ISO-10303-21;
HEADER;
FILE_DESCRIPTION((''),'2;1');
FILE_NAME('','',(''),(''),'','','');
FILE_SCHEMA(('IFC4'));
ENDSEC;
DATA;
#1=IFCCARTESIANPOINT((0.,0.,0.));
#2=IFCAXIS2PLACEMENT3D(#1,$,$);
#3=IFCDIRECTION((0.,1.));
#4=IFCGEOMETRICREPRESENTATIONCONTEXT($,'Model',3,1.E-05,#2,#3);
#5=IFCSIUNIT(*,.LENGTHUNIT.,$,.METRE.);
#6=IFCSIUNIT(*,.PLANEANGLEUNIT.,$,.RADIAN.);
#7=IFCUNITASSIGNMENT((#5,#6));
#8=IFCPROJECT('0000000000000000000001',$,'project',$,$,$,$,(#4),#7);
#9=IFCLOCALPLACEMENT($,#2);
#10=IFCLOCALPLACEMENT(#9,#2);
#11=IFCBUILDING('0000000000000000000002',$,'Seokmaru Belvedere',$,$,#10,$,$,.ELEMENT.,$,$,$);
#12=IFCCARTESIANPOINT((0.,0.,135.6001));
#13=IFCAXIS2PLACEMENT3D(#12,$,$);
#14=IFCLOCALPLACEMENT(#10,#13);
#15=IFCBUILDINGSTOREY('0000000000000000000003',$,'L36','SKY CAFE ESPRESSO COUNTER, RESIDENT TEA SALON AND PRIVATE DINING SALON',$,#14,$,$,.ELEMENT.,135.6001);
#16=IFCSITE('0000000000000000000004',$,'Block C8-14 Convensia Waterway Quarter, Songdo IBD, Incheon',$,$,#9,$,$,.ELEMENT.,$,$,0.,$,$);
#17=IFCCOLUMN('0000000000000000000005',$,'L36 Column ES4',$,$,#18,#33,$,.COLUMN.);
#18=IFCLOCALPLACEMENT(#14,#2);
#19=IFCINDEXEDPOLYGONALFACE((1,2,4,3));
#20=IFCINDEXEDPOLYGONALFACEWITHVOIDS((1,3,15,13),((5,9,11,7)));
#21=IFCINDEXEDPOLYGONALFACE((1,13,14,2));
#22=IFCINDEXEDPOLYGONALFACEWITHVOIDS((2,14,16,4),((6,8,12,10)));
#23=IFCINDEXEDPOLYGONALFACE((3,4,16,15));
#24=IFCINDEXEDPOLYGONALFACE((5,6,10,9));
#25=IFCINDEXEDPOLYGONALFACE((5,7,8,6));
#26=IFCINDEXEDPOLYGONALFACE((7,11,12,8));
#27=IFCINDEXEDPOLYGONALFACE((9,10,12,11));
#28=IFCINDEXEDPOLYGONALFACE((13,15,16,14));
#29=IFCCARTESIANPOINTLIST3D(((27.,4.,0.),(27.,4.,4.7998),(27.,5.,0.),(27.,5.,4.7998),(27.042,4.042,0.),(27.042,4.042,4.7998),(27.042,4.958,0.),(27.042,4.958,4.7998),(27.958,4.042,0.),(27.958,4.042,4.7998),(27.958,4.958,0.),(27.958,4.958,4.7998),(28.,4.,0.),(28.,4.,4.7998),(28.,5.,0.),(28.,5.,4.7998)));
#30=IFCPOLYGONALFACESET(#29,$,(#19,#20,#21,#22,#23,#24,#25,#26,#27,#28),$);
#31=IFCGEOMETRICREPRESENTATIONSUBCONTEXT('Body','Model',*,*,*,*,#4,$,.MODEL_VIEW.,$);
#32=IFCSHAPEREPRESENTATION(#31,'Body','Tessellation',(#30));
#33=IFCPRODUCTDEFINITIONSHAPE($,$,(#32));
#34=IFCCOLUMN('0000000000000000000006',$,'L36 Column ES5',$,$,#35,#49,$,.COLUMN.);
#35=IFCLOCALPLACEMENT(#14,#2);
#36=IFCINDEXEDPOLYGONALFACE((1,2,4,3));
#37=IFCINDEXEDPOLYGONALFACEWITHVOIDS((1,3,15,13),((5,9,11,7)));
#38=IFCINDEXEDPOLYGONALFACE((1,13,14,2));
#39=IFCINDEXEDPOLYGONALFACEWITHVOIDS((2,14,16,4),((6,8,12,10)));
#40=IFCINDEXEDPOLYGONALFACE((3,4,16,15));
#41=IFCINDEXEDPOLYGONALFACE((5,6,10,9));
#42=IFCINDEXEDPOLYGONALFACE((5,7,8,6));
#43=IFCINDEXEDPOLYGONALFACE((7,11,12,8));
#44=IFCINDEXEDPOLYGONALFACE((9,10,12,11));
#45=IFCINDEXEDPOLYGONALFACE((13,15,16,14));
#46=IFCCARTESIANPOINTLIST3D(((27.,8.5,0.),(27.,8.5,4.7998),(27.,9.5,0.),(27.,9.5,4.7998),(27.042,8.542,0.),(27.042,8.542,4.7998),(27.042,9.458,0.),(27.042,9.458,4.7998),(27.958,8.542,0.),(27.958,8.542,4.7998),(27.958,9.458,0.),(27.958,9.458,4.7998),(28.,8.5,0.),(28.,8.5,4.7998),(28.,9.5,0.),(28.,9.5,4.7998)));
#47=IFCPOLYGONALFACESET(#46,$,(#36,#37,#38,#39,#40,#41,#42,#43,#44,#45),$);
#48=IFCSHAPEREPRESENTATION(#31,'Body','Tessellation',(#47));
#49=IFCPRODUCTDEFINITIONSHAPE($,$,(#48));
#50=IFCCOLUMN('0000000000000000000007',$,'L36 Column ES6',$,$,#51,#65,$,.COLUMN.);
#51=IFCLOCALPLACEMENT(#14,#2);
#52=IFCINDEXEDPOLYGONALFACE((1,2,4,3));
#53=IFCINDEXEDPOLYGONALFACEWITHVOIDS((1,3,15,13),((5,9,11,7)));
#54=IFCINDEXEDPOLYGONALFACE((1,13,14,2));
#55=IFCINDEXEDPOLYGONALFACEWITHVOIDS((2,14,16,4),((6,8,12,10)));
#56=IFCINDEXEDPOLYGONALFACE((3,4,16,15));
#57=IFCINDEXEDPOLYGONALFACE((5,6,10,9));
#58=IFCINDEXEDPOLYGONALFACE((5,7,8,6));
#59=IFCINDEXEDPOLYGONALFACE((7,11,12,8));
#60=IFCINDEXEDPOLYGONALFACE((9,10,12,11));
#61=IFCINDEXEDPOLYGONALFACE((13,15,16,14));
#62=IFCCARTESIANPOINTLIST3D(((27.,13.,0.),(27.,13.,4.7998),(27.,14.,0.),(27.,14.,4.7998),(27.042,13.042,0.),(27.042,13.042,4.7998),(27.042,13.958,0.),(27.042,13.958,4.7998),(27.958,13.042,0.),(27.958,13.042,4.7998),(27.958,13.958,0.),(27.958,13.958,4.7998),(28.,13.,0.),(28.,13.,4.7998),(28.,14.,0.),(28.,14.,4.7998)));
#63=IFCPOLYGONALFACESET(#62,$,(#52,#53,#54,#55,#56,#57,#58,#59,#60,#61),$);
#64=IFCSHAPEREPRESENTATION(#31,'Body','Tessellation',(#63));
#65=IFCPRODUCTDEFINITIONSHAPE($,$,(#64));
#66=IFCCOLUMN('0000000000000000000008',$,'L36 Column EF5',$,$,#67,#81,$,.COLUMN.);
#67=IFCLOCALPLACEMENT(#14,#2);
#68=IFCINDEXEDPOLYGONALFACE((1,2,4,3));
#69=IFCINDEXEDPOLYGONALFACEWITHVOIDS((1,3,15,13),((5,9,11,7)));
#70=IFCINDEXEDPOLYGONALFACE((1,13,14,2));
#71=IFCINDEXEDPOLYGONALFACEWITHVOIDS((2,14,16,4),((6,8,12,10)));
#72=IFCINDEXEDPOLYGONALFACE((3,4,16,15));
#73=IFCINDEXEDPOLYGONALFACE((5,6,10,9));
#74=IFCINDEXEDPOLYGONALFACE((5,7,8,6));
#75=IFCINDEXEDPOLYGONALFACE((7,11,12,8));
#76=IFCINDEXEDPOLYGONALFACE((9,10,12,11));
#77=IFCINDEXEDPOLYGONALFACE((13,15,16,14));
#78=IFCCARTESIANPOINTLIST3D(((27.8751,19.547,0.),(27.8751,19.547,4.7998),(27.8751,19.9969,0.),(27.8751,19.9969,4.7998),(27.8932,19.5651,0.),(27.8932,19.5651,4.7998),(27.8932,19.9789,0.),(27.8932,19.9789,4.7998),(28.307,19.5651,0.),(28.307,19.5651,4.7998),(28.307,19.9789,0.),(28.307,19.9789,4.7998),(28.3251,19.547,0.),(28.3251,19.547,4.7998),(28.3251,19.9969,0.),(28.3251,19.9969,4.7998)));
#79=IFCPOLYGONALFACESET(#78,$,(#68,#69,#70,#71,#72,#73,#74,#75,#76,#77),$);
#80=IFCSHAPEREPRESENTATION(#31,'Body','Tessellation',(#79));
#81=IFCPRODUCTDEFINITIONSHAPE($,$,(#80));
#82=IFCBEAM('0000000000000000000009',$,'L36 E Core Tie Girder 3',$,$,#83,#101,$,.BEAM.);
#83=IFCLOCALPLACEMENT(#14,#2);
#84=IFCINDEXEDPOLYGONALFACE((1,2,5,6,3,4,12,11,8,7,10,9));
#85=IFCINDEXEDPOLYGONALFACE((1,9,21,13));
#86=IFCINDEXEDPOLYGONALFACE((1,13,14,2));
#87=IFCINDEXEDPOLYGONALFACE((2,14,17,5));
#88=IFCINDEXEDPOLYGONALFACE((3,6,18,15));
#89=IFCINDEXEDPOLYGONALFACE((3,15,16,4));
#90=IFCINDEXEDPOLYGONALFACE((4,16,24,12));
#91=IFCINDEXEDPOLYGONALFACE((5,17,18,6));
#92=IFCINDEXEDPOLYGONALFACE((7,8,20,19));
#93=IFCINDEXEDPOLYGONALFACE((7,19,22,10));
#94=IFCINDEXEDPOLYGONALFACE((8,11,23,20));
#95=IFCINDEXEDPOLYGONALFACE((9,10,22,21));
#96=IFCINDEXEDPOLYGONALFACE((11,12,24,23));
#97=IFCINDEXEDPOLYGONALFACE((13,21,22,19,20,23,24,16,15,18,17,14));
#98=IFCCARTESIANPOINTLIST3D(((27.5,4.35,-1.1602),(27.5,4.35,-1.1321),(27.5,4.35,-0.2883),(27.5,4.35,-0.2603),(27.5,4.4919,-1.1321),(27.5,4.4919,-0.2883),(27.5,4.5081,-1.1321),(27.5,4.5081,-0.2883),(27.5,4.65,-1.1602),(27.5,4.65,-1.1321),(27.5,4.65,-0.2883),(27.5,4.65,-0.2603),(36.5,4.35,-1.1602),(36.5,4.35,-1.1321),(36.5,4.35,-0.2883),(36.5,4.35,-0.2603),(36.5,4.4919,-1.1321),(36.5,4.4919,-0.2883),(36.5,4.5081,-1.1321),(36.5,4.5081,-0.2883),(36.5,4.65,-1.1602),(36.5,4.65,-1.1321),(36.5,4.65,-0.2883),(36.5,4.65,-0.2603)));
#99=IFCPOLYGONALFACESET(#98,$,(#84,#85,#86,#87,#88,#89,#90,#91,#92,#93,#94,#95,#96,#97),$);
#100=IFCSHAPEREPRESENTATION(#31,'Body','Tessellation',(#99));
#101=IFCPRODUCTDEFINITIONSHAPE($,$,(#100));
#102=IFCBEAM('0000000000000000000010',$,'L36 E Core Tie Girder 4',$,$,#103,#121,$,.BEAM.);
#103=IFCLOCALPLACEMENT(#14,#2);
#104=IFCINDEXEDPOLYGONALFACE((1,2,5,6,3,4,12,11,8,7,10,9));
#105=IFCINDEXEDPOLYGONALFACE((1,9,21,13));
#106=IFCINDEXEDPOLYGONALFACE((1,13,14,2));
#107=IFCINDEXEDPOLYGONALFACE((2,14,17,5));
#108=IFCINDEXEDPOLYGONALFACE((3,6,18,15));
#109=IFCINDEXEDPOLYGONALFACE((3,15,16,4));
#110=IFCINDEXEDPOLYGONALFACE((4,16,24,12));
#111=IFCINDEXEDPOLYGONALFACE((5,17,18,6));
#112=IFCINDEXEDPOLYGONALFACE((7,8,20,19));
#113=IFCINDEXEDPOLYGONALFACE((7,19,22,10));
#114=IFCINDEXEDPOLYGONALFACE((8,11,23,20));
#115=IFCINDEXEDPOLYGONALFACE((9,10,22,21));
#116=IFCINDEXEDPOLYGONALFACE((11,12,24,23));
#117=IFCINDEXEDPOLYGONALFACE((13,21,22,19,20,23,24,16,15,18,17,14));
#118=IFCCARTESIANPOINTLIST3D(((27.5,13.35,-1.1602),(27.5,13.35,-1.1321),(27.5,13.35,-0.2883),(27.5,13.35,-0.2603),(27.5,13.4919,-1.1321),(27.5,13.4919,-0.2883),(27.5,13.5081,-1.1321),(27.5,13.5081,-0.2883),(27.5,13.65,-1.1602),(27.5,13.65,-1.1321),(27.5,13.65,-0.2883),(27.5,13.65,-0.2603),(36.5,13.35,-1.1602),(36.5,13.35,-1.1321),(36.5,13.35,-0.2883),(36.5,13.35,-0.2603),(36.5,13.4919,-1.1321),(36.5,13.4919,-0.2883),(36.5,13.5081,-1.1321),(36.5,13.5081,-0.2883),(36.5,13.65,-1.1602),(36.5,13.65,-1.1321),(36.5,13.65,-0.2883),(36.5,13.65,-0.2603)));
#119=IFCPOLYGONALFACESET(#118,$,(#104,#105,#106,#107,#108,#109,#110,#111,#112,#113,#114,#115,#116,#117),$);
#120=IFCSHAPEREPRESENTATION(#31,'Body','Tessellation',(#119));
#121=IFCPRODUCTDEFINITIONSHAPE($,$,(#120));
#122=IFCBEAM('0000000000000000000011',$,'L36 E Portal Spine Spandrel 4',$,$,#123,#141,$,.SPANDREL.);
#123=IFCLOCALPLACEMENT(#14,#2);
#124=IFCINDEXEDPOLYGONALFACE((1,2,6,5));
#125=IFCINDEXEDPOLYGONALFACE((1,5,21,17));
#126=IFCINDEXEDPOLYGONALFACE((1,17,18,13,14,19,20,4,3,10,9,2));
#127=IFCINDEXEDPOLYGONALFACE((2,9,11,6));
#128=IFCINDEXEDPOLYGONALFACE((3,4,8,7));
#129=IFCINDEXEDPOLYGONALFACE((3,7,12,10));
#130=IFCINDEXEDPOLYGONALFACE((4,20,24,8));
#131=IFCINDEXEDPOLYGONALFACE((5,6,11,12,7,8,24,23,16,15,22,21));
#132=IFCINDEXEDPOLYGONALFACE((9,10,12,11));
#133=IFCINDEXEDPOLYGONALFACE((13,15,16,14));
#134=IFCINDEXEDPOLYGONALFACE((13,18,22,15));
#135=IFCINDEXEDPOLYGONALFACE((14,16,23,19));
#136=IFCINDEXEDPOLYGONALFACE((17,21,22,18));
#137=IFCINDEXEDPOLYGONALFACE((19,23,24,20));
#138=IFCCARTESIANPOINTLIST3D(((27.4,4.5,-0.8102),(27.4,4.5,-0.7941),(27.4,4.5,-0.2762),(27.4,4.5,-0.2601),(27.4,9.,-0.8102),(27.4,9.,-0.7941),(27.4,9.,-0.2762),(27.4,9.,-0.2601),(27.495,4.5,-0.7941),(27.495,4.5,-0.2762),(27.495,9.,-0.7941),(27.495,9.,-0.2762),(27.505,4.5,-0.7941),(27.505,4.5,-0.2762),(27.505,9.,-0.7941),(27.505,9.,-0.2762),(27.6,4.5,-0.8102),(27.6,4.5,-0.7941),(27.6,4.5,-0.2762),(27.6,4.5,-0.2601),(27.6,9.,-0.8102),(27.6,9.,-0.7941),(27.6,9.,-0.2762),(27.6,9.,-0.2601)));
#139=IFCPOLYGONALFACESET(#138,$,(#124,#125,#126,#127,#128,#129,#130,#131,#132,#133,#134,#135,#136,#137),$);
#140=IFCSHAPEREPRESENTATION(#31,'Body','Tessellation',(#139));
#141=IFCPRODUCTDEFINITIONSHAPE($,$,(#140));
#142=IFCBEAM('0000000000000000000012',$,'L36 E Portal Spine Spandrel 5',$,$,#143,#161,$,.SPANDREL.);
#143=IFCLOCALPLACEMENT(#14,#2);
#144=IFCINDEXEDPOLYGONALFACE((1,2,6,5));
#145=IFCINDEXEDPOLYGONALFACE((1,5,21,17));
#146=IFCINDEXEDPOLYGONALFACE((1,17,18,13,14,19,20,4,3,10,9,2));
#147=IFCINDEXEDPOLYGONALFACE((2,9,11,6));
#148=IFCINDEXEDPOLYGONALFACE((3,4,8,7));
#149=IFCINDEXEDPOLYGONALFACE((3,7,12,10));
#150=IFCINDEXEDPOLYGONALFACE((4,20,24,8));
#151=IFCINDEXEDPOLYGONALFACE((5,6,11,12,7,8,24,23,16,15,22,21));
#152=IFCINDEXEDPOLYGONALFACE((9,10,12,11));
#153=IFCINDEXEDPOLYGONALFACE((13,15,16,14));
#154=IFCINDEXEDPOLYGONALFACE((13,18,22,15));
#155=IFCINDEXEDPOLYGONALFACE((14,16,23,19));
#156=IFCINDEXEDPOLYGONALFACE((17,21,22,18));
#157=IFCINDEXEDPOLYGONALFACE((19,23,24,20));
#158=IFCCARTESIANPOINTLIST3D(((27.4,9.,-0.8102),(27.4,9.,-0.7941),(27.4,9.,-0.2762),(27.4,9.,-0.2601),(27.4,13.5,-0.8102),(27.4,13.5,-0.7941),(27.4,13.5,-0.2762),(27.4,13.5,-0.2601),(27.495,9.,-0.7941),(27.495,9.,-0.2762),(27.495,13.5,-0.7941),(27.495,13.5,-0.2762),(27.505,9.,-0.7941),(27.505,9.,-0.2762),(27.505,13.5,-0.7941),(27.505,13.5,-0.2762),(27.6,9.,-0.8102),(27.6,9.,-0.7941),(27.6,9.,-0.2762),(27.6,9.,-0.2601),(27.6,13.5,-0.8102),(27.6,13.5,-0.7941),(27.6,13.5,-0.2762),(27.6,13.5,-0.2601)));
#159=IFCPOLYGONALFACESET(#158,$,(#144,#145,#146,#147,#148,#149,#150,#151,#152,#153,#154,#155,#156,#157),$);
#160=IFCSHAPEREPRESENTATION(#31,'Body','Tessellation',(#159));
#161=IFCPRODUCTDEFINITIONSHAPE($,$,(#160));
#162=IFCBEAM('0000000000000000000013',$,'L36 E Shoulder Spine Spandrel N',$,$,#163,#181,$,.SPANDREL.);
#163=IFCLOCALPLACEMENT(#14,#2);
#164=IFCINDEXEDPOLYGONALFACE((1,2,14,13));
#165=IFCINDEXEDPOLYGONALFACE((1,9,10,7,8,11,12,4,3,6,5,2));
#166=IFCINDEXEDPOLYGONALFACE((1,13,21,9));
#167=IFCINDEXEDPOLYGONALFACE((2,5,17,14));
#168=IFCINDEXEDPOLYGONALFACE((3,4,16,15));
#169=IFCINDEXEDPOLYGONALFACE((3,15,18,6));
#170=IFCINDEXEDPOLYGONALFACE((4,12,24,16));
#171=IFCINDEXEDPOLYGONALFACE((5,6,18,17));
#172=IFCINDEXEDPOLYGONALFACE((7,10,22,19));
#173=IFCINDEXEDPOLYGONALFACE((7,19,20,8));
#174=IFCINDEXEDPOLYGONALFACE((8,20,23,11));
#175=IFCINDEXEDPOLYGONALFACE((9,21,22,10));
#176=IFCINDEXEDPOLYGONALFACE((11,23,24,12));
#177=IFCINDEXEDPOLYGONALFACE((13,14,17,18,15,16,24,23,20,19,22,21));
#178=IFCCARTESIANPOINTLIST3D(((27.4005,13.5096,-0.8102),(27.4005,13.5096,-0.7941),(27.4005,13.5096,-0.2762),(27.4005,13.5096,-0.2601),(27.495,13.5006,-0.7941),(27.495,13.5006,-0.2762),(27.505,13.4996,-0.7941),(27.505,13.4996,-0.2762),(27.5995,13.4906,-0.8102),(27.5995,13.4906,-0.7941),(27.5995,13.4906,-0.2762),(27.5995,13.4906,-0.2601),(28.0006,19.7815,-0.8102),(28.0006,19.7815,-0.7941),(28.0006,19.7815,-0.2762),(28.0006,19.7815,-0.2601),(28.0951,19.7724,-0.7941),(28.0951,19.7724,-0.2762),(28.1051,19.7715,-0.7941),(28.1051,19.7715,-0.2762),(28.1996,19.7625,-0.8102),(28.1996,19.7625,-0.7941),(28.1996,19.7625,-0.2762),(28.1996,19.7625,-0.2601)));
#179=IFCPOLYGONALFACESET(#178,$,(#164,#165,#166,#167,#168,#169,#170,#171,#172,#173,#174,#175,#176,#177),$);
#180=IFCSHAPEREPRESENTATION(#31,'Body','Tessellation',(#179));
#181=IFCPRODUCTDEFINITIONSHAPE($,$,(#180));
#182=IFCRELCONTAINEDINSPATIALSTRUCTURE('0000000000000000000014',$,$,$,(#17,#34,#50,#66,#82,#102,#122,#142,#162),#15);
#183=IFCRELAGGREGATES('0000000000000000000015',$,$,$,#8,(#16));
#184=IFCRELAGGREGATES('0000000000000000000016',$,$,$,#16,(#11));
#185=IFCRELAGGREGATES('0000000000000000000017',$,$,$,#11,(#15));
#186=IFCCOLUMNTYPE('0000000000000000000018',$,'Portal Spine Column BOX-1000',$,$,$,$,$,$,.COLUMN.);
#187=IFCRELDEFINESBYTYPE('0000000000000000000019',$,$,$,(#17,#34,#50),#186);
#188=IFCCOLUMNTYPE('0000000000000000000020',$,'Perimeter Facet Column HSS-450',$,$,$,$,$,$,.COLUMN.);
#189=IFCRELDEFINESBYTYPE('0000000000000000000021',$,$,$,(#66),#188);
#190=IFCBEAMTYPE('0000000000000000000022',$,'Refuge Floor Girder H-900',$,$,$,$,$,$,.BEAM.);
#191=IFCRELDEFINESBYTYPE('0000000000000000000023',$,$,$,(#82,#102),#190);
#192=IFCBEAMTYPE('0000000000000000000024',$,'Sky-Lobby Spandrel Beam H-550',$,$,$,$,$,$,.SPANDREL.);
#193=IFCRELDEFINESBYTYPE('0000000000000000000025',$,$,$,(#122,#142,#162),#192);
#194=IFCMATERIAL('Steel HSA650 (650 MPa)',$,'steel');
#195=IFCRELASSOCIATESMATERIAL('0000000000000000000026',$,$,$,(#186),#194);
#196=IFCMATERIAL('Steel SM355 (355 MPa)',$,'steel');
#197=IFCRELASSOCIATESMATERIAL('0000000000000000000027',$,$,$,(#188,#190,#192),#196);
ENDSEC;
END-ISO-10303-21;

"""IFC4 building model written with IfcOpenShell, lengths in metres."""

from ifc_helpers import new_model, si_unit, direction, frame, origin, origin_2d, place, context, subcontext, project, spatial, hollow_rectangle, i_section, extrude, source, transform, mapped, material, material_profile, profile_set, type_object, type_shapes, element, save


model = new_model("IFC4")

# Units and contexts
model_context = context("Model", 3, precision=1e-05, world=origin(), true_north=direction((0.0, 1.0)))
body_context = subcontext(model_context, "Body", "Model", "MODEL_VIEW")
ifc_project = project(units=[si_unit("LENGTHUNIT", "METRE"), si_unit("PLANEANGLEUNIT", "RADIAN")], contexts=[model_context])

# Site, building, storey
site_placement = place(None, origin())
site = spatial("IfcSite", under=ifc_project, at=site_placement, Name="Block C8-14 Convensia Waterway Quarter, Songdo IBD, Incheon", CompositionType="ELEMENT", RefElevation=0.0)
building_placement = place(site_placement, origin())
building = spatial("IfcBuilding", under=site, at=building_placement, Name="Seokmaru Belvedere", CompositionType="ELEMENT")
storey_placement = place(building_placement, frame((0.0, 0.0, 135.6001)))
storey = spatial("IfcBuildingStorey", under=building, at=storey_placement, Name="L36", Description="SKY CAFE ESPRESSO COUNTER, RESIDENT TEA SALON AND PRIVATE DINING SALON", CompositionType="ELEMENT", Elevation=135.6001)

# Columns
ifc_material_1 = material(Name="Steel HSA650 (650 MPa)", Category="steel")
ifc_material_profile_1 = material_profile(ifc_material_1, hollow_rectangle(XDim=1.0, YDim=1.0, WallThickness=0.042, at=origin_2d()), Name="BOX-1000x1000x42")
ifc_profile_set_1 = profile_set([ifc_material_profile_1], Name="Steel HSA650 (650 MPa)")
column_type_1 = type_object("IfcColumnType", Name="Portal Spine Column BOX-1000", PredefinedType="COLUMN", material=ifc_profile_set_1)
shared_shape_1 = source(origin(), body_context, "Body", "SweptSolid", [
    extrude(hollow_rectangle(XDim=1.0, YDim=1.0, WallThickness=0.042, at=origin_2d()), origin(), (0.0, 0.0, 1.0), 4.7998),
])
type_shapes(column_type_1, [shared_shape_1])
for number, where, z_axis, x_axis, name in (
    (1, (27.5, 4.5, 0.0), (0.0, 0.0, 1.0), (1.0, 0.0, 0.0), "L36 Column ES4"),
    (2, (27.5, 9.0, 0.0), (0.0, 0.0, 1.0), (1.0, 0.0, 0.0), "L36 Column ES5"),
    (3, (27.5, 13.5, 0.0), (0.0, 0.0, 1.0), (1.0, 0.0, 0.0), "L36 Column ES6"),
):
    element("IfcColumn", number, at=place(storey_placement, frame(where, z_axis=z_axis, x_axis=x_axis)), inside=storey, type_object=column_type_1, Name=name, PredefinedType="COLUMN", context=body_context, shape_type="MappedRepresentation", body=[
        mapped(shared_shape_1, transform((0.0, 0.0, 0.0), scale=1.0)),
    ])
ifc_material_2 = material(Name="Steel SM355 (355 MPa)", Category="steel")
ifc_material_profile_2 = material_profile(ifc_material_2, hollow_rectangle(XDim=0.45, YDim=0.45, WallThickness=0.0181, at=origin_2d()), Name="HSS-450x450x18")
ifc_profile_set_2 = profile_set([ifc_material_profile_2], Name="Steel SM355 (355 MPa)")
column_type_2 = type_object("IfcColumnType", Name="Perimeter Facet Column HSS-450", PredefinedType="COLUMN", material=ifc_profile_set_2)
shared_shape_2 = source(origin(), body_context, "Body", "SweptSolid", [
    extrude(hollow_rectangle(XDim=0.45, YDim=0.45, WallThickness=0.0181, at=origin_2d()), origin(), (0.0, 0.0, 1.0), 4.7998),
])
type_shapes(column_type_2, [shared_shape_2])
column_placement = place(storey_placement, frame((28.1001, 19.772, 0.0), z_axis=(0.0, 0.0, 1.0), x_axis=(1.0, 0.0, 0.0)))
element("IfcColumn", 4, at=column_placement, inside=storey, type_object=column_type_2, Name="L36 Column EF5", PredefinedType="COLUMN", context=body_context, shape_type="MappedRepresentation", body=[
    mapped(shared_shape_2, transform((0.0, 0.0, 0.0), scale=1.0)),
])

# Beams
ifc_material_profile_3 = material_profile(ifc_material_2, i_section(OverallWidth=0.3, OverallDepth=0.8999, WebThickness=0.0161, FlangeThickness=0.0281, at=origin_2d()), Name="H-900x300x16x28")
ifc_profile_set_3 = profile_set([ifc_material_profile_3], Name="Steel SM355 (355 MPa)")
beam_type_1 = type_object("IfcBeamType", Name="Refuge Floor Girder H-900", PredefinedType="BEAM", material=ifc_profile_set_3)
shared_shape_3 = source(origin(), body_context, "Body", "SweptSolid", [
    extrude(i_section(OverallWidth=0.3, OverallDepth=0.8999, WebThickness=0.0161, FlangeThickness=0.0281, at=origin_2d()), origin(), (0.0, 0.0, 1.0), 9.0),
])
type_shapes(beam_type_1, [shared_shape_3])
for number, where, z_axis, x_axis, name in (
    (5, (27.5, 4.5, -0.7102), (1.0, 0.0, 0.0), (0.0, 1.0, 0.0), "L36 E Core Tie Girder 3"),
    (6, (27.5, 13.5, -0.7102), (1.0, 0.0, 0.0), (0.0, 1.0, 0.0), "L36 E Core Tie Girder 4"),
):
    element("IfcBeam", number, at=place(storey_placement, frame(where, z_axis=z_axis, x_axis=x_axis)), inside=storey, type_object=beam_type_1, Name=name, PredefinedType="BEAM", context=body_context, shape_type="MappedRepresentation", body=[
        mapped(shared_shape_3, transform((0.0, 0.0, 0.0), scale=1.0)),
    ])
ifc_material_profile_4 = material_profile(ifc_material_2, i_section(OverallWidth=0.2, OverallDepth=0.55, WebThickness=0.01, FlangeThickness=0.0161, at=origin_2d()), Name="H-550x200x10x16")
ifc_profile_set_4 = profile_set([ifc_material_profile_4], Name="Steel SM355 (355 MPa)")
beam_type_2 = type_object("IfcBeamType", Name="Sky-Lobby Spandrel Beam H-550", PredefinedType="SPANDREL", material=ifc_profile_set_4)
shared_shape_4 = source(origin(), body_context, "Body", "SweptSolid", [
    extrude(i_section(OverallWidth=0.2, OverallDepth=0.55, WebThickness=0.01, FlangeThickness=0.0161, at=origin_2d()), origin(), (0.0, 0.0, 1.0), 4.5),
])
for number, where, z_axis, x_axis, name in (
    (7, (27.5, 4.5, -0.5352), (0.0, 1.0, 0.0), (-1.0, 0.0, 0.0), "L36 E Portal Spine Spandrel 4"),
    (8, (27.5, 9.0, -0.5352), (0.0, 1.0, 0.0), (-1.0, 0.0, 0.0), "L36 E Portal Spine Spandrel 5"),
):
    element("IfcBeam", number, at=place(storey_placement, frame(where, z_axis=z_axis, x_axis=x_axis)), inside=storey, type_object=beam_type_2, Name=name, PredefinedType="SPANDREL", context=body_context, shape_type="MappedRepresentation", body=[
        mapped(shared_shape_4, transform((0.0, 0.0, 0.0), scale=1.0)),
    ])
shared_shape_5 = source(origin(), body_context, "Body", "SweptSolid", [
    extrude(i_section(OverallWidth=0.2, OverallDepth=0.55, WebThickness=0.01, FlangeThickness=0.0161, at=origin_2d()), origin(), (0.0, 0.0, 1.0), 6.3005),
])
type_shapes(beam_type_2, [shared_shape_4, shared_shape_5])
beam_placement = place(storey_placement, frame((28.1001, 19.772, -0.5352), z_axis=(-0.095244, -0.995454, 0.0), x_axis=(0.995454, -0.095244, 0.0)))
element("IfcBeam", 9, at=beam_placement, inside=storey, type_object=beam_type_2, Name="L36 E Shoulder Spine Spandrel N", PredefinedType="SPANDREL", context=body_context, shape_type="MappedRepresentation", body=[
    mapped(shared_shape_5, transform((0.0, 0.0, 0.0), scale=1.0)),
])

save(model, "model.ifc")
